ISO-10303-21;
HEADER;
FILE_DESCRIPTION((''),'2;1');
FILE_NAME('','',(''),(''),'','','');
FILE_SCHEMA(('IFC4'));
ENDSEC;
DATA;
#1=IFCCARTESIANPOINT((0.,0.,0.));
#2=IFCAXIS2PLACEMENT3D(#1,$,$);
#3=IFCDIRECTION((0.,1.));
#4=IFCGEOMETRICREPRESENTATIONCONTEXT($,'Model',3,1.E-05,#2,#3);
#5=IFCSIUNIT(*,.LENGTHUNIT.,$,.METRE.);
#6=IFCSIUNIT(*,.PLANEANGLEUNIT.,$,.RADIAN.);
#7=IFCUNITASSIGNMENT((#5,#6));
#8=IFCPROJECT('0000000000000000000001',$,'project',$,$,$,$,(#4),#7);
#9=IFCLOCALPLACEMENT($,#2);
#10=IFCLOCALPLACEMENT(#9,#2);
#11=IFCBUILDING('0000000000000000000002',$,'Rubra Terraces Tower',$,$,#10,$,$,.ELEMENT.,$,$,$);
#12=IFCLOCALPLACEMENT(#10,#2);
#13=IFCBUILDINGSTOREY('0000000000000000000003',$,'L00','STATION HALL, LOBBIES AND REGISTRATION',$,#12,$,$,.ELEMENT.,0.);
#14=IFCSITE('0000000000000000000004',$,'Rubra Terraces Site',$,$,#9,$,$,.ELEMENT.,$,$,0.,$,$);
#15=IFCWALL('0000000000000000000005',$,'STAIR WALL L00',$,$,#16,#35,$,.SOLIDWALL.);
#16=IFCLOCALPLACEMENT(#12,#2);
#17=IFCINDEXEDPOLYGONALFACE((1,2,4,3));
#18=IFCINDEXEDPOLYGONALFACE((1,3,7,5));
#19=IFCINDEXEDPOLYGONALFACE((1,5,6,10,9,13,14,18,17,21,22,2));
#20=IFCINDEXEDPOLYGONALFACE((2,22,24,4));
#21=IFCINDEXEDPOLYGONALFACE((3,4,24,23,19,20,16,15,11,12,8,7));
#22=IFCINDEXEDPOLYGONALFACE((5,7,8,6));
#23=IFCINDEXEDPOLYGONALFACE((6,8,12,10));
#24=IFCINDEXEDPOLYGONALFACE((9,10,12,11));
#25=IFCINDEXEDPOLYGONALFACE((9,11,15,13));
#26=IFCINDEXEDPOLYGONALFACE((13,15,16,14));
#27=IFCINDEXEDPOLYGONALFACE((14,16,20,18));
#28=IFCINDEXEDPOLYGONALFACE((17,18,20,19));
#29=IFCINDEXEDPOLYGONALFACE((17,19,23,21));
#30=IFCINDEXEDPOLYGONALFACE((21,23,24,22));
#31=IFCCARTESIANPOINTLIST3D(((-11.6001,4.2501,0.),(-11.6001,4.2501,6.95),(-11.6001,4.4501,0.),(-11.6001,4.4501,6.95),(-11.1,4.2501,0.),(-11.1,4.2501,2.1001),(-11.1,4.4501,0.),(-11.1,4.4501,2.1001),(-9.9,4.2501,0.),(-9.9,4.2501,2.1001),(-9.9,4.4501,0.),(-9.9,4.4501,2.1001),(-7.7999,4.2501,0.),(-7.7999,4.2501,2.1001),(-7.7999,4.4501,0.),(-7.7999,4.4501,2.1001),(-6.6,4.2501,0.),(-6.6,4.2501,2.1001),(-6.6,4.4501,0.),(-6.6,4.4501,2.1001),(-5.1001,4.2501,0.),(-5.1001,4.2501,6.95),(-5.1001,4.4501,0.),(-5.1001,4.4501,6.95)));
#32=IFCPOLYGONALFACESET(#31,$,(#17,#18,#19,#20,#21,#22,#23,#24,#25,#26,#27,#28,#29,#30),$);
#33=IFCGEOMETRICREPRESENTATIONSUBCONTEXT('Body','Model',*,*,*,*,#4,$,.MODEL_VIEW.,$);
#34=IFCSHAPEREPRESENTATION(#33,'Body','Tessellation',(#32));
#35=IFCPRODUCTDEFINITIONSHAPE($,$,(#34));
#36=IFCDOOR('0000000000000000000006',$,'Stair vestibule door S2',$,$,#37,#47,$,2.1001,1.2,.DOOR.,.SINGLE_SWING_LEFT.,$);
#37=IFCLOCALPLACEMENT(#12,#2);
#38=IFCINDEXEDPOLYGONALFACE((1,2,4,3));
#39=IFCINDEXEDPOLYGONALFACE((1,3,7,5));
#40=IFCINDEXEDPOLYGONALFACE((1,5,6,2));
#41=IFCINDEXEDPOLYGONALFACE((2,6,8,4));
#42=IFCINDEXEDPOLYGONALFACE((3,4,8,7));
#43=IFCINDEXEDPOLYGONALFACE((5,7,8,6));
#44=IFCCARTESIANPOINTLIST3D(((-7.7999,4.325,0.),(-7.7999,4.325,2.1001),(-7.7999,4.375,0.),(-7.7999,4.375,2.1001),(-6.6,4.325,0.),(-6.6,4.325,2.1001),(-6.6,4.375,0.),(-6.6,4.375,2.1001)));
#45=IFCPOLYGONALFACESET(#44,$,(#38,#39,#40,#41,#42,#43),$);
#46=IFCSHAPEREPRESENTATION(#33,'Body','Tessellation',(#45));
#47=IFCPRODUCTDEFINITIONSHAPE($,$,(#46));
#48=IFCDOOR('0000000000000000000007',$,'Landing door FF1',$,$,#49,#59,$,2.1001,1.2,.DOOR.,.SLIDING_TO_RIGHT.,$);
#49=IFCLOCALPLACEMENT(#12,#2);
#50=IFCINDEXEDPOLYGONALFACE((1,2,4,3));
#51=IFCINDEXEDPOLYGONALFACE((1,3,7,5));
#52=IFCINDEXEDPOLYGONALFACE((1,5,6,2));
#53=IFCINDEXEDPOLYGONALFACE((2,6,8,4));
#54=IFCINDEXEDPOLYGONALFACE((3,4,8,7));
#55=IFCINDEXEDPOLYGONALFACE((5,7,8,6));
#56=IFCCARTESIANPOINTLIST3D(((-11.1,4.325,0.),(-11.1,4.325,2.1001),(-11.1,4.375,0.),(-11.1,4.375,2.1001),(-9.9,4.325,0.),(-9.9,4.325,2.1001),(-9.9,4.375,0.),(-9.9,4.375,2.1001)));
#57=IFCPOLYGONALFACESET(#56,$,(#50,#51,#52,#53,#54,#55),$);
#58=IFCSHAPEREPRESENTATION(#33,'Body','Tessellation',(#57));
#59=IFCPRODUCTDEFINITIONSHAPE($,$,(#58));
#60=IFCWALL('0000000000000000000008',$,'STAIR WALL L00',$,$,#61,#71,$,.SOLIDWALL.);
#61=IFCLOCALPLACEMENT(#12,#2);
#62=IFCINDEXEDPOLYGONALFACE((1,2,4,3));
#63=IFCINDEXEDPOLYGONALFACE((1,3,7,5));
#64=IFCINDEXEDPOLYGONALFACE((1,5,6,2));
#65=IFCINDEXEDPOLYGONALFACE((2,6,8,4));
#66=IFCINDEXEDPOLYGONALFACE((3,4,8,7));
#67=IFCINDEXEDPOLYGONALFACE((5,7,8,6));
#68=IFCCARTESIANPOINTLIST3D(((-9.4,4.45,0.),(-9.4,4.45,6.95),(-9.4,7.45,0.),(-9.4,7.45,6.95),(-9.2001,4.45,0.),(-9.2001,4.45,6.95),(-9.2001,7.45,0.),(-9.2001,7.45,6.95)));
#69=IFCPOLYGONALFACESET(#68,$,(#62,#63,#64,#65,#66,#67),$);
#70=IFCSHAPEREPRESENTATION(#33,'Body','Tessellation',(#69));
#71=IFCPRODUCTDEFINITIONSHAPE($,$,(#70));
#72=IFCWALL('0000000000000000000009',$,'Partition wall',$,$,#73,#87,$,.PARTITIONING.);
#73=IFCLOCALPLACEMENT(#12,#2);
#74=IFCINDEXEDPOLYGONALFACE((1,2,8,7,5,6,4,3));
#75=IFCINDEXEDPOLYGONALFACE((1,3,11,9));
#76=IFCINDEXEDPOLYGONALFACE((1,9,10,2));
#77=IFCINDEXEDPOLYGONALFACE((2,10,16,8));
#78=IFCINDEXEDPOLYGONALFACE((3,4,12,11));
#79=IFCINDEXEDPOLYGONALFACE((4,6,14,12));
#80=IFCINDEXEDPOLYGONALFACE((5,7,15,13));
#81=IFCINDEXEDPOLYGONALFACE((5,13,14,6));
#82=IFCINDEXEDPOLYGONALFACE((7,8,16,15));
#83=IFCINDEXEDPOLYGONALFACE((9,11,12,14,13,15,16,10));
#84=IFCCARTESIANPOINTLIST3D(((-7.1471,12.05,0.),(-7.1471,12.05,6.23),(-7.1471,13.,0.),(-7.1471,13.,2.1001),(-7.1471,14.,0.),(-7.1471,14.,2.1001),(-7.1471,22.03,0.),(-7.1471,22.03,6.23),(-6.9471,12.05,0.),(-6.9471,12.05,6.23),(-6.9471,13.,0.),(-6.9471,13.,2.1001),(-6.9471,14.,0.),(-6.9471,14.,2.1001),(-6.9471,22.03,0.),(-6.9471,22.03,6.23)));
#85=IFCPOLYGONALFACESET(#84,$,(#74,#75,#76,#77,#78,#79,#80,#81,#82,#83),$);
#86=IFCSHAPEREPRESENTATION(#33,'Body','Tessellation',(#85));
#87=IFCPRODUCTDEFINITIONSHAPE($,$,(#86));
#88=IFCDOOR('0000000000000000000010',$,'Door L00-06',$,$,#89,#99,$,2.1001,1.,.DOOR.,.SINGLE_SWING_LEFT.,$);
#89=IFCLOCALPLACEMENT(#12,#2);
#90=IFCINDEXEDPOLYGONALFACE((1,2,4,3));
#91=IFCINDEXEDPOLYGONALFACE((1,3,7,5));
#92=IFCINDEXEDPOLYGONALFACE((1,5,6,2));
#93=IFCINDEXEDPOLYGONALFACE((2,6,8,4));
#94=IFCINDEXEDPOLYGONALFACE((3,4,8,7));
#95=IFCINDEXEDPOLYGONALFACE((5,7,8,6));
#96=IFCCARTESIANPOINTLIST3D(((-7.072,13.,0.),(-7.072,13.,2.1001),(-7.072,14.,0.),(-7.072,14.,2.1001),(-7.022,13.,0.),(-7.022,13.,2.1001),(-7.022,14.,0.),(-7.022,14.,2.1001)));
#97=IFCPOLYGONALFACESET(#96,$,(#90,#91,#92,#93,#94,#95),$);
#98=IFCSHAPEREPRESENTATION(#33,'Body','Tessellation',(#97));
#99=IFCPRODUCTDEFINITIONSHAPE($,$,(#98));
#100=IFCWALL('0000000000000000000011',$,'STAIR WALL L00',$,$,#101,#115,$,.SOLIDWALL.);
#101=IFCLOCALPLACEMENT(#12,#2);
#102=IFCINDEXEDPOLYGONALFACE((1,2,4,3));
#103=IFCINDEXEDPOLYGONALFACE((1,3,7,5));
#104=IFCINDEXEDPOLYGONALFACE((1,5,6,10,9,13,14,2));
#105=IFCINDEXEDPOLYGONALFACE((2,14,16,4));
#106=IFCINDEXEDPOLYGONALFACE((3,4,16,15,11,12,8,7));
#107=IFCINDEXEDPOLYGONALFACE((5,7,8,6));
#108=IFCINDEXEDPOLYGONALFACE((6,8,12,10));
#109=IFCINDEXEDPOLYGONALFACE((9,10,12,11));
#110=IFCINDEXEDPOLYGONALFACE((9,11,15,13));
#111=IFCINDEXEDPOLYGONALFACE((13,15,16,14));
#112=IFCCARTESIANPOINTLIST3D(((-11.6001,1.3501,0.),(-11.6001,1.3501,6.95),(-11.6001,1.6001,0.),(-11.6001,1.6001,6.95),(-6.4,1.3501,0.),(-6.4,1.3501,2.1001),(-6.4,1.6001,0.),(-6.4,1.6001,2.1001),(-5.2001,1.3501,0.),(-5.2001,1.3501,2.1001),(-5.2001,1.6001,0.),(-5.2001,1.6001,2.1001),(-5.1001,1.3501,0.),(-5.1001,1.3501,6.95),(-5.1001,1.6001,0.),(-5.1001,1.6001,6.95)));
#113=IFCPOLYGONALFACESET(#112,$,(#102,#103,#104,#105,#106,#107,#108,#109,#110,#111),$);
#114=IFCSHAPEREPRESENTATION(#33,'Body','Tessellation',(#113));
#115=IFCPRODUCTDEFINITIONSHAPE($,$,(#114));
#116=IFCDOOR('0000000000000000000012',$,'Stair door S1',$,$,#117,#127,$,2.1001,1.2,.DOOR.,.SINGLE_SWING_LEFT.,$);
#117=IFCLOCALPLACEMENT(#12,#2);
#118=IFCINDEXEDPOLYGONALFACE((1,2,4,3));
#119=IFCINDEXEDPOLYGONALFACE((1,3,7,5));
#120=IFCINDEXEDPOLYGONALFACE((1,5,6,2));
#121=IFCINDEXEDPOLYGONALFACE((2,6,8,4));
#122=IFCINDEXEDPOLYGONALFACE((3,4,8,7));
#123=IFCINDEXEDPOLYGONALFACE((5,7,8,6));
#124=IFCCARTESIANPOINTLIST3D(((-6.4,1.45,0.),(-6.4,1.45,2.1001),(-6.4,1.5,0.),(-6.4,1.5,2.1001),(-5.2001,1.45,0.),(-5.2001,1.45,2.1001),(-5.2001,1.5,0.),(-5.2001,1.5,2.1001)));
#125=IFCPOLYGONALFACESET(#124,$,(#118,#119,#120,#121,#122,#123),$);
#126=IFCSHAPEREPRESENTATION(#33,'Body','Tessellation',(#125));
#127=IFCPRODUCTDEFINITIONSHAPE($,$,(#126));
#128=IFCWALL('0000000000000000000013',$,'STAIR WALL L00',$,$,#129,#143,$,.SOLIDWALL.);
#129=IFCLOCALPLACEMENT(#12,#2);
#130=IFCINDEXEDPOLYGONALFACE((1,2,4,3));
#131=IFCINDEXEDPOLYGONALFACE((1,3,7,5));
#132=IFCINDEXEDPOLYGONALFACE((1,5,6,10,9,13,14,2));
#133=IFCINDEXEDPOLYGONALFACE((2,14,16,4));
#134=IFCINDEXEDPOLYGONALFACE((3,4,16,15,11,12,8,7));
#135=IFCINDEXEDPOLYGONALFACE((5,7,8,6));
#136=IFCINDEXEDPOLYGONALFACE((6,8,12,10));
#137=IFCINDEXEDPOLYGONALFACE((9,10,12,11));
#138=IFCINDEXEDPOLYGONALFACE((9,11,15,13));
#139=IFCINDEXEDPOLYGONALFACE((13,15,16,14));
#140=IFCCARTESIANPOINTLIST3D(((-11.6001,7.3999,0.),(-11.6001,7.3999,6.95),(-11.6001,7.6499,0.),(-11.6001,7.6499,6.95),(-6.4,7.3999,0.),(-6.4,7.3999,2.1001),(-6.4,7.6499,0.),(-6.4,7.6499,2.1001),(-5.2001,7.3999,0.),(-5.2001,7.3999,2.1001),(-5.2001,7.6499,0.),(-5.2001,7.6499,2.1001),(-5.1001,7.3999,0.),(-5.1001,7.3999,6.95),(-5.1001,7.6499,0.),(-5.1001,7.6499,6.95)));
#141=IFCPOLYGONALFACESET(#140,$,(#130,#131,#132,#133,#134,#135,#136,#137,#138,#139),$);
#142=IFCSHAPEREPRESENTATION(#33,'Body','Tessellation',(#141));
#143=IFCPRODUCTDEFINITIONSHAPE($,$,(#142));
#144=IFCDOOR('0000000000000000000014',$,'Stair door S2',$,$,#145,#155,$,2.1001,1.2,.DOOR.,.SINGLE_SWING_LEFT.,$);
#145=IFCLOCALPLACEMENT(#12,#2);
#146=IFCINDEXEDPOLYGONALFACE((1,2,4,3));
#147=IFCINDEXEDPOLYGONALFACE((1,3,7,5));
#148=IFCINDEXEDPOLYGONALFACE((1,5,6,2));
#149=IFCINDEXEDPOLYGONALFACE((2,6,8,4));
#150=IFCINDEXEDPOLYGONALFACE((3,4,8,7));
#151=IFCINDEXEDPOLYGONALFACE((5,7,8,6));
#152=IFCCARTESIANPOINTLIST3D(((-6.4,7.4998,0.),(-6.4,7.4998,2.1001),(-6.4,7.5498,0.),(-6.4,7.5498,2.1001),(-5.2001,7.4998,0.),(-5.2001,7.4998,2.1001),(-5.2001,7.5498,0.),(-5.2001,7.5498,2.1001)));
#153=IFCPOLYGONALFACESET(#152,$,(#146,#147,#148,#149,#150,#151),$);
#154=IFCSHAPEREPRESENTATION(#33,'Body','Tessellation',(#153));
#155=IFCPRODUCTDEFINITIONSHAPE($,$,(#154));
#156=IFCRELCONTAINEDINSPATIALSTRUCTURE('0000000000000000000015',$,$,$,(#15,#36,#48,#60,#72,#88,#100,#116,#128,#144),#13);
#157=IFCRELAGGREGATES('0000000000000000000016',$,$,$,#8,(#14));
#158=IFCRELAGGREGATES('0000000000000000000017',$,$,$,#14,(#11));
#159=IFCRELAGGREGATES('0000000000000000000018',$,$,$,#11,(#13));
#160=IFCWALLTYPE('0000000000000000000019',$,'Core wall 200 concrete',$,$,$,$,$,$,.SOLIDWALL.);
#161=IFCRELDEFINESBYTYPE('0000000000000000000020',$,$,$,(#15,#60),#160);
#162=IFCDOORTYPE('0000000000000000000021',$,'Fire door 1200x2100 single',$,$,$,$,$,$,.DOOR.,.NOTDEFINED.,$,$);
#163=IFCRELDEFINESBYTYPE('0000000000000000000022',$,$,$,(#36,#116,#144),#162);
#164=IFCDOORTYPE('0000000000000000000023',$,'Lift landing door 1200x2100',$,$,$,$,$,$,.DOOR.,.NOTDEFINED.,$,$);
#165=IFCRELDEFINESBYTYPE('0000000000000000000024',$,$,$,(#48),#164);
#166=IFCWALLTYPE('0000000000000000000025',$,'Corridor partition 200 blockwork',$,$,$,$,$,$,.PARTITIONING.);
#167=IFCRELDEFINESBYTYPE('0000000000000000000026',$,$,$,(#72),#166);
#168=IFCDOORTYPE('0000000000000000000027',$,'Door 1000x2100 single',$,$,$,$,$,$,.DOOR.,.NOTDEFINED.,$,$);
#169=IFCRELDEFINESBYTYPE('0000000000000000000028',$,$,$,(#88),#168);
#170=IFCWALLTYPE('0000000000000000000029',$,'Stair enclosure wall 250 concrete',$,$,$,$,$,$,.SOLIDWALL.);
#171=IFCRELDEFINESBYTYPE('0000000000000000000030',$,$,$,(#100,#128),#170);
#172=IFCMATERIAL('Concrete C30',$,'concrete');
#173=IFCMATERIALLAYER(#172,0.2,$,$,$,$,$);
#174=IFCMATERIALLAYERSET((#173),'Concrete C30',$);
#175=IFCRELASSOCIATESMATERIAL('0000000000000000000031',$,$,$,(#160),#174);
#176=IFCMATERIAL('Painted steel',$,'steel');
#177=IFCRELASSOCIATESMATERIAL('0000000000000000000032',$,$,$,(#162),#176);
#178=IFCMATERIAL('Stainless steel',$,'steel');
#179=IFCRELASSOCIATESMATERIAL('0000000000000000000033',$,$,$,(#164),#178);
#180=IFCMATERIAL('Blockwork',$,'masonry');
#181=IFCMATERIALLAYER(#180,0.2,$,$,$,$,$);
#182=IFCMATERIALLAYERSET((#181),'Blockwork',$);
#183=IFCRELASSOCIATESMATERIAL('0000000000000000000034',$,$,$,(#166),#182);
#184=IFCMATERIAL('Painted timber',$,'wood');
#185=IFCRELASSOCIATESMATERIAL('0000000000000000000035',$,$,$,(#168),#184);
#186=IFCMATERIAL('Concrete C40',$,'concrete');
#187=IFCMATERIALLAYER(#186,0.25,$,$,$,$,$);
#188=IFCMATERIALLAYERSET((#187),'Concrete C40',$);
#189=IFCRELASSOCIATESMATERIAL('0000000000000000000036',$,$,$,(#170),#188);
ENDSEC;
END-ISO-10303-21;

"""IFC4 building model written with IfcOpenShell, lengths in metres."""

from ifc_helpers import new_model, si_unit, direction, frame, frame_2d, origin, place, context, subcontext, project, spatial, rectangle, extrude, material, layer, layer_set, type_object, element, fill, save


model = new_model("IFC4")

# Units and contexts
model_context = context("Model", 3, precision=1e-05, world=origin(), true_north=direction((0.0, 1.0)))
body_context = subcontext(model_context, "Body", "Model", "MODEL_VIEW")
ifc_project = project(units=[si_unit("LENGTHUNIT", "METRE"), si_unit("PLANEANGLEUNIT", "RADIAN")], contexts=[model_context])

# Site, building, storey
site_placement = place(None, origin())
site = spatial("IfcSite", under=ifc_project, at=site_placement, Name="Rubra Terraces Site", CompositionType="ELEMENT", RefElevation=0.0)
building_placement = place(site_placement, origin())
building = spatial("IfcBuilding", under=site, at=building_placement, Name="Rubra Terraces Tower", CompositionType="ELEMENT")
storey_placement = place(building_placement, origin())
storey = spatial("IfcBuildingStorey", under=building, at=storey_placement, Name="L00", Description="STATION HALL, LOBBIES AND REGISTRATION", CompositionType="ELEMENT", Elevation=0.0)

# Wall, openings, doors
ifc_material_1 = material(Name="Painted steel", Category="steel")
ifc_material_2 = material(Name="Concrete C30", Category="concrete")
ifc_layer_1 = layer(ifc_material_2, 0.2)
ifc_layer_set_1 = layer_set([ifc_layer_1], Name="Concrete C30")
wall_type_1 = type_object("IfcWallType", Name="Core wall 200 concrete", PredefinedType="SOLIDWALL", material=ifc_layer_set_1)
wall_1_placement = place(storey_placement, frame((-11.6001, 4.3501, 0.0), z_axis=(0.0, 0.0, 1.0), x_axis=(1.0, 0.0, 0.0)))
wall_1 = element("IfcWall", 1, at=wall_1_placement, inside=storey, type_object=wall_type_1, Name="STAIR WALL L00", PredefinedType="SOLIDWALL", context=body_context, shape_type="SweptSolid", body=[
    extrude(rectangle(XDim=6.5, YDim=0.2, at=frame_2d((3.25, 0.0))), origin(), (0.0, 0.0, 1.0), 6.95),
])
opening_1_placement = place(wall_1_placement, frame((3.8, 0.0, 0.0)))
opening_1 = element("IfcOpeningElement", 2, at=opening_1_placement, cuts=wall_1, PredefinedType="OPENING", context=body_context, shape_type="SweptSolid", body=[
    extrude(rectangle(XDim=1.2, YDim=2.1001, at=frame_2d((0.6001, 1.05))), frame((0.0, 0.1099, 0.0), z_axis=(0.0, -1.0, 0.0), x_axis=(1.0, 0.0, 0.0)), (0.0, 0.0, 1.0), 0.22),
])
opening_2_placement = place(wall_1_placement, frame((0.5, 0.0, 0.0)))
opening_2 = element("IfcOpeningElement", 3, at=opening_2_placement, cuts=wall_1, PredefinedType="OPENING", context=body_context, shape_type="SweptSolid", body=[
    extrude(rectangle(XDim=1.2, YDim=2.1001, at=frame_2d((0.6001, 1.05))), frame((0.0, 0.1099, 0.0), z_axis=(0.0, -1.0, 0.0), x_axis=(1.0, 0.0, 0.0)), (0.0, 0.0, 1.0), 0.22),
])
door_type_1 = type_object("IfcDoorType", Name="Fire door 1200x2100 single", OperationType="NOTDEFINED", PredefinedType="DOOR", material=ifc_material_1)
door_1_placement = place(opening_1_placement, origin())
door_1 = element("IfcDoor", 4, at=door_1_placement, inside=storey, type_object=door_type_1, Name="Stair vestibule door S2", OperationType="SINGLE_SWING_LEFT", OverallHeight=2.1001, OverallWidth=1.2, PredefinedType="DOOR", context=body_context, shape_type="SweptSolid", body=[
    extrude(rectangle(XDim=1.2, YDim=2.1001, at=frame_2d((0.6001, 1.05))), frame((0.0, 0.0249, 0.0), z_axis=(0.0, -1.0, 0.0), x_axis=(1.0, 0.0, 0.0)), (0.0, 0.0, 1.0), 0.05),
])
fill(opening_1, door_1)
ifc_material_3 = material(Name="Stainless steel", Category="steel")
door_type_2 = type_object("IfcDoorType", Name="Lift landing door 1200x2100", OperationType="NOTDEFINED", PredefinedType="DOOR", material=ifc_material_3)
door_2_placement = place(opening_2_placement, origin())
door_2 = element("IfcDoor", 5, at=door_2_placement, inside=storey, type_object=door_type_2, Name="Landing door FF1", OperationType="SLIDING_TO_RIGHT", OverallHeight=2.1001, OverallWidth=1.2, PredefinedType="DOOR", context=body_context, shape_type="SweptSolid", body=[
    extrude(rectangle(XDim=1.2, YDim=2.1001, at=frame_2d((0.6001, 1.05))), frame((0.0, 0.0249, 0.0), z_axis=(0.0, -1.0, 0.0), x_axis=(1.0, 0.0, 0.0)), (0.0, 0.0, 1.0), 0.05),
])
fill(opening_2, door_2)

# Wall
wall_2_placement = place(storey_placement, frame((-9.3, 4.45, 0.0), z_axis=(0.0, 0.0, 1.0), x_axis=(0.0, 1.0, 0.0)))
element("IfcWall", 6, at=wall_2_placement, inside=storey, type_object=wall_type_1, Name="STAIR WALL L00", PredefinedType="SOLIDWALL", context=body_context, shape_type="SweptSolid", body=[
    extrude(rectangle(XDim=3.0, YDim=0.2, at=frame_2d((1.5, 0.0))), origin(), (0.0, 0.0, 1.0), 6.95),
])

# Walls, openings, doors
ifc_material_4 = material(Name="Blockwork", Category="masonry")
ifc_layer_2 = layer(ifc_material_4, 0.2)
ifc_layer_set_2 = layer_set([ifc_layer_2], Name="Blockwork")
wall_type_2 = type_object("IfcWallType", Name="Corridor partition 200 blockwork", PredefinedType="PARTITIONING", material=ifc_layer_set_2)
wall_3_placement = place(storey_placement, frame((-7.0471, 12.05, 0.0), z_axis=(0.0, 0.0, 1.0), x_axis=(0.0, 1.0, 0.0)))
wall_3 = element("IfcWall", 7, at=wall_3_placement, inside=storey, type_object=wall_type_2, Name="Partition wall", PredefinedType="PARTITIONING", context=body_context, shape_type="SweptSolid", body=[
    extrude(rectangle(XDim=9.98, YDim=0.2, at=frame_2d((4.99, 0.0))), origin(), (0.0, 0.0, 1.0), 6.23),
])
opening_3_placement = place(wall_3_placement, frame((0.95, 0.0, 0.0)))
opening_3 = element("IfcOpeningElement", 8, at=opening_3_placement, cuts=wall_3, PredefinedType="OPENING", context=body_context, shape_type="SweptSolid", body=[
    extrude(rectangle(XDim=1.0, YDim=2.1001, at=frame_2d((0.5, 1.05))), frame((0.0, 0.1099, 0.0), z_axis=(0.0, -1.0, 0.0), x_axis=(1.0, 0.0, 0.0)), (0.0, 0.0, 1.0), 0.22),
])
ifc_material_5 = material(Name="Painted timber", Category="wood")
door_type_3 = type_object("IfcDoorType", Name="Door 1000x2100 single", OperationType="NOTDEFINED", PredefinedType="DOOR", material=ifc_material_5)
door_3_placement = place(opening_3_placement, origin())
door_3 = element("IfcDoor", 9, at=door_3_placement, inside=storey, type_object=door_type_3, Name="Door L00-06", OperationType="SINGLE_SWING_LEFT", OverallHeight=2.1001, OverallWidth=1.0, PredefinedType="DOOR", context=body_context, shape_type="SweptSolid", body=[
    extrude(rectangle(XDim=1.0, YDim=2.1001, at=frame_2d((0.5, 1.05))), frame((0.0, 0.0249, 0.0), z_axis=(0.0, -1.0, 0.0), x_axis=(1.0, 0.0, 0.0)), (0.0, 0.0, 1.0), 0.05),
])
fill(opening_3, door_3)
ifc_material_6 = material(Name="Concrete C40", Category="concrete")
ifc_layer_3 = layer(ifc_material_6, 0.25)
ifc_layer_set_3 = layer_set([ifc_layer_3], Name="Concrete C40")
wall_type_3 = type_object("IfcWallType", Name="Stair enclosure wall 250 concrete", PredefinedType="SOLIDWALL", material=ifc_layer_set_3)
wall_4_placement = place(storey_placement, frame((-11.6001, 1.4751, 0.0), z_axis=(0.0, 0.0, 1.0), x_axis=(1.0, 0.0, 0.0)))
wall_4 = element("IfcWall", 10, at=wall_4_placement, inside=storey, type_object=wall_type_3, Name="STAIR WALL L00", PredefinedType="SOLIDWALL", context=body_context, shape_type="SweptSolid", body=[
    extrude(rectangle(XDim=6.5, YDim=0.25, at=frame_2d((3.25, 0.0))), origin(), (0.0, 0.0, 1.0), 6.95),
])
opening_4_placement = place(wall_4_placement, frame((5.2, 0.0, 0.0)))
opening_4 = element("IfcOpeningElement", 11, at=opening_4_placement, cuts=wall_4, PredefinedType="OPENING", context=body_context, shape_type="SweptSolid", body=[
    extrude(rectangle(XDim=1.2, YDim=2.1001, at=frame_2d((0.6001, 1.05))), frame((0.0, 0.135, 0.0), z_axis=(0.0, -1.0, 0.0), x_axis=(1.0, 0.0, 0.0)), (0.0, 0.0, 1.0), 0.27),
])
door_4_placement = place(opening_4_placement, origin())
door_4 = element("IfcDoor", 12, at=door_4_placement, inside=storey, type_object=door_type_1, Name="Stair door S1", OperationType="SINGLE_SWING_LEFT", OverallHeight=2.1001, OverallWidth=1.2, PredefinedType="DOOR", context=body_context, shape_type="SweptSolid", body=[
    extrude(rectangle(XDim=1.2, YDim=2.1001, at=frame_2d((0.6001, 1.05))), frame((0.0, 0.0249, 0.0), z_axis=(0.0, -1.0, 0.0), x_axis=(1.0, 0.0, 0.0)), (0.0, 0.0, 1.0), 0.05),
])
fill(opening_4, door_4)
wall_5_placement = place(storey_placement, frame((-11.6001, 7.5249, 0.0), z_axis=(0.0, 0.0, 1.0), x_axis=(1.0, 0.0, 0.0)))
wall_5 = element("IfcWall", 13, at=wall_5_placement, inside=storey, type_object=wall_type_3, Name="STAIR WALL L00", PredefinedType="SOLIDWALL", context=body_context, shape_type="SweptSolid", body=[
    extrude(rectangle(XDim=6.5, YDim=0.25, at=frame_2d((3.25, 0.0))), origin(), (0.0, 0.0, 1.0), 6.95),
])
opening_5_placement = place(wall_5_placement, frame((5.2, 0.0, 0.0)))
opening_5 = element("IfcOpeningElement", 14, at=opening_5_placement, cuts=wall_5, PredefinedType="OPENING", context=body_context, shape_type="SweptSolid", body=[
    extrude(rectangle(XDim=1.2, YDim=2.1001, at=frame_2d((0.6001, 1.05))), frame((0.0, 0.135, 0.0), z_axis=(0.0, -1.0, 0.0), x_axis=(1.0, 0.0, 0.0)), (0.0, 0.0, 1.0), 0.27),
])
door_5_placement = place(opening_5_placement, origin())
door_5 = element("IfcDoor", 15, at=door_5_placement, inside=storey, type_object=door_type_1, Name="Stair door S2", OperationType="SINGLE_SWING_LEFT", OverallHeight=2.1001, OverallWidth=1.2, PredefinedType="DOOR", context=body_context, shape_type="SweptSolid", body=[
    extrude(rectangle(XDim=1.2, YDim=2.1001, at=frame_2d((0.6001, 1.05))), frame((0.0, 0.0249, 0.0), z_axis=(0.0, -1.0, 0.0), x_axis=(1.0, 0.0, 0.0)), (0.0, 0.0, 1.0), 0.05),
])
fill(opening_5, door_5)

save(model, "model.ifc")
